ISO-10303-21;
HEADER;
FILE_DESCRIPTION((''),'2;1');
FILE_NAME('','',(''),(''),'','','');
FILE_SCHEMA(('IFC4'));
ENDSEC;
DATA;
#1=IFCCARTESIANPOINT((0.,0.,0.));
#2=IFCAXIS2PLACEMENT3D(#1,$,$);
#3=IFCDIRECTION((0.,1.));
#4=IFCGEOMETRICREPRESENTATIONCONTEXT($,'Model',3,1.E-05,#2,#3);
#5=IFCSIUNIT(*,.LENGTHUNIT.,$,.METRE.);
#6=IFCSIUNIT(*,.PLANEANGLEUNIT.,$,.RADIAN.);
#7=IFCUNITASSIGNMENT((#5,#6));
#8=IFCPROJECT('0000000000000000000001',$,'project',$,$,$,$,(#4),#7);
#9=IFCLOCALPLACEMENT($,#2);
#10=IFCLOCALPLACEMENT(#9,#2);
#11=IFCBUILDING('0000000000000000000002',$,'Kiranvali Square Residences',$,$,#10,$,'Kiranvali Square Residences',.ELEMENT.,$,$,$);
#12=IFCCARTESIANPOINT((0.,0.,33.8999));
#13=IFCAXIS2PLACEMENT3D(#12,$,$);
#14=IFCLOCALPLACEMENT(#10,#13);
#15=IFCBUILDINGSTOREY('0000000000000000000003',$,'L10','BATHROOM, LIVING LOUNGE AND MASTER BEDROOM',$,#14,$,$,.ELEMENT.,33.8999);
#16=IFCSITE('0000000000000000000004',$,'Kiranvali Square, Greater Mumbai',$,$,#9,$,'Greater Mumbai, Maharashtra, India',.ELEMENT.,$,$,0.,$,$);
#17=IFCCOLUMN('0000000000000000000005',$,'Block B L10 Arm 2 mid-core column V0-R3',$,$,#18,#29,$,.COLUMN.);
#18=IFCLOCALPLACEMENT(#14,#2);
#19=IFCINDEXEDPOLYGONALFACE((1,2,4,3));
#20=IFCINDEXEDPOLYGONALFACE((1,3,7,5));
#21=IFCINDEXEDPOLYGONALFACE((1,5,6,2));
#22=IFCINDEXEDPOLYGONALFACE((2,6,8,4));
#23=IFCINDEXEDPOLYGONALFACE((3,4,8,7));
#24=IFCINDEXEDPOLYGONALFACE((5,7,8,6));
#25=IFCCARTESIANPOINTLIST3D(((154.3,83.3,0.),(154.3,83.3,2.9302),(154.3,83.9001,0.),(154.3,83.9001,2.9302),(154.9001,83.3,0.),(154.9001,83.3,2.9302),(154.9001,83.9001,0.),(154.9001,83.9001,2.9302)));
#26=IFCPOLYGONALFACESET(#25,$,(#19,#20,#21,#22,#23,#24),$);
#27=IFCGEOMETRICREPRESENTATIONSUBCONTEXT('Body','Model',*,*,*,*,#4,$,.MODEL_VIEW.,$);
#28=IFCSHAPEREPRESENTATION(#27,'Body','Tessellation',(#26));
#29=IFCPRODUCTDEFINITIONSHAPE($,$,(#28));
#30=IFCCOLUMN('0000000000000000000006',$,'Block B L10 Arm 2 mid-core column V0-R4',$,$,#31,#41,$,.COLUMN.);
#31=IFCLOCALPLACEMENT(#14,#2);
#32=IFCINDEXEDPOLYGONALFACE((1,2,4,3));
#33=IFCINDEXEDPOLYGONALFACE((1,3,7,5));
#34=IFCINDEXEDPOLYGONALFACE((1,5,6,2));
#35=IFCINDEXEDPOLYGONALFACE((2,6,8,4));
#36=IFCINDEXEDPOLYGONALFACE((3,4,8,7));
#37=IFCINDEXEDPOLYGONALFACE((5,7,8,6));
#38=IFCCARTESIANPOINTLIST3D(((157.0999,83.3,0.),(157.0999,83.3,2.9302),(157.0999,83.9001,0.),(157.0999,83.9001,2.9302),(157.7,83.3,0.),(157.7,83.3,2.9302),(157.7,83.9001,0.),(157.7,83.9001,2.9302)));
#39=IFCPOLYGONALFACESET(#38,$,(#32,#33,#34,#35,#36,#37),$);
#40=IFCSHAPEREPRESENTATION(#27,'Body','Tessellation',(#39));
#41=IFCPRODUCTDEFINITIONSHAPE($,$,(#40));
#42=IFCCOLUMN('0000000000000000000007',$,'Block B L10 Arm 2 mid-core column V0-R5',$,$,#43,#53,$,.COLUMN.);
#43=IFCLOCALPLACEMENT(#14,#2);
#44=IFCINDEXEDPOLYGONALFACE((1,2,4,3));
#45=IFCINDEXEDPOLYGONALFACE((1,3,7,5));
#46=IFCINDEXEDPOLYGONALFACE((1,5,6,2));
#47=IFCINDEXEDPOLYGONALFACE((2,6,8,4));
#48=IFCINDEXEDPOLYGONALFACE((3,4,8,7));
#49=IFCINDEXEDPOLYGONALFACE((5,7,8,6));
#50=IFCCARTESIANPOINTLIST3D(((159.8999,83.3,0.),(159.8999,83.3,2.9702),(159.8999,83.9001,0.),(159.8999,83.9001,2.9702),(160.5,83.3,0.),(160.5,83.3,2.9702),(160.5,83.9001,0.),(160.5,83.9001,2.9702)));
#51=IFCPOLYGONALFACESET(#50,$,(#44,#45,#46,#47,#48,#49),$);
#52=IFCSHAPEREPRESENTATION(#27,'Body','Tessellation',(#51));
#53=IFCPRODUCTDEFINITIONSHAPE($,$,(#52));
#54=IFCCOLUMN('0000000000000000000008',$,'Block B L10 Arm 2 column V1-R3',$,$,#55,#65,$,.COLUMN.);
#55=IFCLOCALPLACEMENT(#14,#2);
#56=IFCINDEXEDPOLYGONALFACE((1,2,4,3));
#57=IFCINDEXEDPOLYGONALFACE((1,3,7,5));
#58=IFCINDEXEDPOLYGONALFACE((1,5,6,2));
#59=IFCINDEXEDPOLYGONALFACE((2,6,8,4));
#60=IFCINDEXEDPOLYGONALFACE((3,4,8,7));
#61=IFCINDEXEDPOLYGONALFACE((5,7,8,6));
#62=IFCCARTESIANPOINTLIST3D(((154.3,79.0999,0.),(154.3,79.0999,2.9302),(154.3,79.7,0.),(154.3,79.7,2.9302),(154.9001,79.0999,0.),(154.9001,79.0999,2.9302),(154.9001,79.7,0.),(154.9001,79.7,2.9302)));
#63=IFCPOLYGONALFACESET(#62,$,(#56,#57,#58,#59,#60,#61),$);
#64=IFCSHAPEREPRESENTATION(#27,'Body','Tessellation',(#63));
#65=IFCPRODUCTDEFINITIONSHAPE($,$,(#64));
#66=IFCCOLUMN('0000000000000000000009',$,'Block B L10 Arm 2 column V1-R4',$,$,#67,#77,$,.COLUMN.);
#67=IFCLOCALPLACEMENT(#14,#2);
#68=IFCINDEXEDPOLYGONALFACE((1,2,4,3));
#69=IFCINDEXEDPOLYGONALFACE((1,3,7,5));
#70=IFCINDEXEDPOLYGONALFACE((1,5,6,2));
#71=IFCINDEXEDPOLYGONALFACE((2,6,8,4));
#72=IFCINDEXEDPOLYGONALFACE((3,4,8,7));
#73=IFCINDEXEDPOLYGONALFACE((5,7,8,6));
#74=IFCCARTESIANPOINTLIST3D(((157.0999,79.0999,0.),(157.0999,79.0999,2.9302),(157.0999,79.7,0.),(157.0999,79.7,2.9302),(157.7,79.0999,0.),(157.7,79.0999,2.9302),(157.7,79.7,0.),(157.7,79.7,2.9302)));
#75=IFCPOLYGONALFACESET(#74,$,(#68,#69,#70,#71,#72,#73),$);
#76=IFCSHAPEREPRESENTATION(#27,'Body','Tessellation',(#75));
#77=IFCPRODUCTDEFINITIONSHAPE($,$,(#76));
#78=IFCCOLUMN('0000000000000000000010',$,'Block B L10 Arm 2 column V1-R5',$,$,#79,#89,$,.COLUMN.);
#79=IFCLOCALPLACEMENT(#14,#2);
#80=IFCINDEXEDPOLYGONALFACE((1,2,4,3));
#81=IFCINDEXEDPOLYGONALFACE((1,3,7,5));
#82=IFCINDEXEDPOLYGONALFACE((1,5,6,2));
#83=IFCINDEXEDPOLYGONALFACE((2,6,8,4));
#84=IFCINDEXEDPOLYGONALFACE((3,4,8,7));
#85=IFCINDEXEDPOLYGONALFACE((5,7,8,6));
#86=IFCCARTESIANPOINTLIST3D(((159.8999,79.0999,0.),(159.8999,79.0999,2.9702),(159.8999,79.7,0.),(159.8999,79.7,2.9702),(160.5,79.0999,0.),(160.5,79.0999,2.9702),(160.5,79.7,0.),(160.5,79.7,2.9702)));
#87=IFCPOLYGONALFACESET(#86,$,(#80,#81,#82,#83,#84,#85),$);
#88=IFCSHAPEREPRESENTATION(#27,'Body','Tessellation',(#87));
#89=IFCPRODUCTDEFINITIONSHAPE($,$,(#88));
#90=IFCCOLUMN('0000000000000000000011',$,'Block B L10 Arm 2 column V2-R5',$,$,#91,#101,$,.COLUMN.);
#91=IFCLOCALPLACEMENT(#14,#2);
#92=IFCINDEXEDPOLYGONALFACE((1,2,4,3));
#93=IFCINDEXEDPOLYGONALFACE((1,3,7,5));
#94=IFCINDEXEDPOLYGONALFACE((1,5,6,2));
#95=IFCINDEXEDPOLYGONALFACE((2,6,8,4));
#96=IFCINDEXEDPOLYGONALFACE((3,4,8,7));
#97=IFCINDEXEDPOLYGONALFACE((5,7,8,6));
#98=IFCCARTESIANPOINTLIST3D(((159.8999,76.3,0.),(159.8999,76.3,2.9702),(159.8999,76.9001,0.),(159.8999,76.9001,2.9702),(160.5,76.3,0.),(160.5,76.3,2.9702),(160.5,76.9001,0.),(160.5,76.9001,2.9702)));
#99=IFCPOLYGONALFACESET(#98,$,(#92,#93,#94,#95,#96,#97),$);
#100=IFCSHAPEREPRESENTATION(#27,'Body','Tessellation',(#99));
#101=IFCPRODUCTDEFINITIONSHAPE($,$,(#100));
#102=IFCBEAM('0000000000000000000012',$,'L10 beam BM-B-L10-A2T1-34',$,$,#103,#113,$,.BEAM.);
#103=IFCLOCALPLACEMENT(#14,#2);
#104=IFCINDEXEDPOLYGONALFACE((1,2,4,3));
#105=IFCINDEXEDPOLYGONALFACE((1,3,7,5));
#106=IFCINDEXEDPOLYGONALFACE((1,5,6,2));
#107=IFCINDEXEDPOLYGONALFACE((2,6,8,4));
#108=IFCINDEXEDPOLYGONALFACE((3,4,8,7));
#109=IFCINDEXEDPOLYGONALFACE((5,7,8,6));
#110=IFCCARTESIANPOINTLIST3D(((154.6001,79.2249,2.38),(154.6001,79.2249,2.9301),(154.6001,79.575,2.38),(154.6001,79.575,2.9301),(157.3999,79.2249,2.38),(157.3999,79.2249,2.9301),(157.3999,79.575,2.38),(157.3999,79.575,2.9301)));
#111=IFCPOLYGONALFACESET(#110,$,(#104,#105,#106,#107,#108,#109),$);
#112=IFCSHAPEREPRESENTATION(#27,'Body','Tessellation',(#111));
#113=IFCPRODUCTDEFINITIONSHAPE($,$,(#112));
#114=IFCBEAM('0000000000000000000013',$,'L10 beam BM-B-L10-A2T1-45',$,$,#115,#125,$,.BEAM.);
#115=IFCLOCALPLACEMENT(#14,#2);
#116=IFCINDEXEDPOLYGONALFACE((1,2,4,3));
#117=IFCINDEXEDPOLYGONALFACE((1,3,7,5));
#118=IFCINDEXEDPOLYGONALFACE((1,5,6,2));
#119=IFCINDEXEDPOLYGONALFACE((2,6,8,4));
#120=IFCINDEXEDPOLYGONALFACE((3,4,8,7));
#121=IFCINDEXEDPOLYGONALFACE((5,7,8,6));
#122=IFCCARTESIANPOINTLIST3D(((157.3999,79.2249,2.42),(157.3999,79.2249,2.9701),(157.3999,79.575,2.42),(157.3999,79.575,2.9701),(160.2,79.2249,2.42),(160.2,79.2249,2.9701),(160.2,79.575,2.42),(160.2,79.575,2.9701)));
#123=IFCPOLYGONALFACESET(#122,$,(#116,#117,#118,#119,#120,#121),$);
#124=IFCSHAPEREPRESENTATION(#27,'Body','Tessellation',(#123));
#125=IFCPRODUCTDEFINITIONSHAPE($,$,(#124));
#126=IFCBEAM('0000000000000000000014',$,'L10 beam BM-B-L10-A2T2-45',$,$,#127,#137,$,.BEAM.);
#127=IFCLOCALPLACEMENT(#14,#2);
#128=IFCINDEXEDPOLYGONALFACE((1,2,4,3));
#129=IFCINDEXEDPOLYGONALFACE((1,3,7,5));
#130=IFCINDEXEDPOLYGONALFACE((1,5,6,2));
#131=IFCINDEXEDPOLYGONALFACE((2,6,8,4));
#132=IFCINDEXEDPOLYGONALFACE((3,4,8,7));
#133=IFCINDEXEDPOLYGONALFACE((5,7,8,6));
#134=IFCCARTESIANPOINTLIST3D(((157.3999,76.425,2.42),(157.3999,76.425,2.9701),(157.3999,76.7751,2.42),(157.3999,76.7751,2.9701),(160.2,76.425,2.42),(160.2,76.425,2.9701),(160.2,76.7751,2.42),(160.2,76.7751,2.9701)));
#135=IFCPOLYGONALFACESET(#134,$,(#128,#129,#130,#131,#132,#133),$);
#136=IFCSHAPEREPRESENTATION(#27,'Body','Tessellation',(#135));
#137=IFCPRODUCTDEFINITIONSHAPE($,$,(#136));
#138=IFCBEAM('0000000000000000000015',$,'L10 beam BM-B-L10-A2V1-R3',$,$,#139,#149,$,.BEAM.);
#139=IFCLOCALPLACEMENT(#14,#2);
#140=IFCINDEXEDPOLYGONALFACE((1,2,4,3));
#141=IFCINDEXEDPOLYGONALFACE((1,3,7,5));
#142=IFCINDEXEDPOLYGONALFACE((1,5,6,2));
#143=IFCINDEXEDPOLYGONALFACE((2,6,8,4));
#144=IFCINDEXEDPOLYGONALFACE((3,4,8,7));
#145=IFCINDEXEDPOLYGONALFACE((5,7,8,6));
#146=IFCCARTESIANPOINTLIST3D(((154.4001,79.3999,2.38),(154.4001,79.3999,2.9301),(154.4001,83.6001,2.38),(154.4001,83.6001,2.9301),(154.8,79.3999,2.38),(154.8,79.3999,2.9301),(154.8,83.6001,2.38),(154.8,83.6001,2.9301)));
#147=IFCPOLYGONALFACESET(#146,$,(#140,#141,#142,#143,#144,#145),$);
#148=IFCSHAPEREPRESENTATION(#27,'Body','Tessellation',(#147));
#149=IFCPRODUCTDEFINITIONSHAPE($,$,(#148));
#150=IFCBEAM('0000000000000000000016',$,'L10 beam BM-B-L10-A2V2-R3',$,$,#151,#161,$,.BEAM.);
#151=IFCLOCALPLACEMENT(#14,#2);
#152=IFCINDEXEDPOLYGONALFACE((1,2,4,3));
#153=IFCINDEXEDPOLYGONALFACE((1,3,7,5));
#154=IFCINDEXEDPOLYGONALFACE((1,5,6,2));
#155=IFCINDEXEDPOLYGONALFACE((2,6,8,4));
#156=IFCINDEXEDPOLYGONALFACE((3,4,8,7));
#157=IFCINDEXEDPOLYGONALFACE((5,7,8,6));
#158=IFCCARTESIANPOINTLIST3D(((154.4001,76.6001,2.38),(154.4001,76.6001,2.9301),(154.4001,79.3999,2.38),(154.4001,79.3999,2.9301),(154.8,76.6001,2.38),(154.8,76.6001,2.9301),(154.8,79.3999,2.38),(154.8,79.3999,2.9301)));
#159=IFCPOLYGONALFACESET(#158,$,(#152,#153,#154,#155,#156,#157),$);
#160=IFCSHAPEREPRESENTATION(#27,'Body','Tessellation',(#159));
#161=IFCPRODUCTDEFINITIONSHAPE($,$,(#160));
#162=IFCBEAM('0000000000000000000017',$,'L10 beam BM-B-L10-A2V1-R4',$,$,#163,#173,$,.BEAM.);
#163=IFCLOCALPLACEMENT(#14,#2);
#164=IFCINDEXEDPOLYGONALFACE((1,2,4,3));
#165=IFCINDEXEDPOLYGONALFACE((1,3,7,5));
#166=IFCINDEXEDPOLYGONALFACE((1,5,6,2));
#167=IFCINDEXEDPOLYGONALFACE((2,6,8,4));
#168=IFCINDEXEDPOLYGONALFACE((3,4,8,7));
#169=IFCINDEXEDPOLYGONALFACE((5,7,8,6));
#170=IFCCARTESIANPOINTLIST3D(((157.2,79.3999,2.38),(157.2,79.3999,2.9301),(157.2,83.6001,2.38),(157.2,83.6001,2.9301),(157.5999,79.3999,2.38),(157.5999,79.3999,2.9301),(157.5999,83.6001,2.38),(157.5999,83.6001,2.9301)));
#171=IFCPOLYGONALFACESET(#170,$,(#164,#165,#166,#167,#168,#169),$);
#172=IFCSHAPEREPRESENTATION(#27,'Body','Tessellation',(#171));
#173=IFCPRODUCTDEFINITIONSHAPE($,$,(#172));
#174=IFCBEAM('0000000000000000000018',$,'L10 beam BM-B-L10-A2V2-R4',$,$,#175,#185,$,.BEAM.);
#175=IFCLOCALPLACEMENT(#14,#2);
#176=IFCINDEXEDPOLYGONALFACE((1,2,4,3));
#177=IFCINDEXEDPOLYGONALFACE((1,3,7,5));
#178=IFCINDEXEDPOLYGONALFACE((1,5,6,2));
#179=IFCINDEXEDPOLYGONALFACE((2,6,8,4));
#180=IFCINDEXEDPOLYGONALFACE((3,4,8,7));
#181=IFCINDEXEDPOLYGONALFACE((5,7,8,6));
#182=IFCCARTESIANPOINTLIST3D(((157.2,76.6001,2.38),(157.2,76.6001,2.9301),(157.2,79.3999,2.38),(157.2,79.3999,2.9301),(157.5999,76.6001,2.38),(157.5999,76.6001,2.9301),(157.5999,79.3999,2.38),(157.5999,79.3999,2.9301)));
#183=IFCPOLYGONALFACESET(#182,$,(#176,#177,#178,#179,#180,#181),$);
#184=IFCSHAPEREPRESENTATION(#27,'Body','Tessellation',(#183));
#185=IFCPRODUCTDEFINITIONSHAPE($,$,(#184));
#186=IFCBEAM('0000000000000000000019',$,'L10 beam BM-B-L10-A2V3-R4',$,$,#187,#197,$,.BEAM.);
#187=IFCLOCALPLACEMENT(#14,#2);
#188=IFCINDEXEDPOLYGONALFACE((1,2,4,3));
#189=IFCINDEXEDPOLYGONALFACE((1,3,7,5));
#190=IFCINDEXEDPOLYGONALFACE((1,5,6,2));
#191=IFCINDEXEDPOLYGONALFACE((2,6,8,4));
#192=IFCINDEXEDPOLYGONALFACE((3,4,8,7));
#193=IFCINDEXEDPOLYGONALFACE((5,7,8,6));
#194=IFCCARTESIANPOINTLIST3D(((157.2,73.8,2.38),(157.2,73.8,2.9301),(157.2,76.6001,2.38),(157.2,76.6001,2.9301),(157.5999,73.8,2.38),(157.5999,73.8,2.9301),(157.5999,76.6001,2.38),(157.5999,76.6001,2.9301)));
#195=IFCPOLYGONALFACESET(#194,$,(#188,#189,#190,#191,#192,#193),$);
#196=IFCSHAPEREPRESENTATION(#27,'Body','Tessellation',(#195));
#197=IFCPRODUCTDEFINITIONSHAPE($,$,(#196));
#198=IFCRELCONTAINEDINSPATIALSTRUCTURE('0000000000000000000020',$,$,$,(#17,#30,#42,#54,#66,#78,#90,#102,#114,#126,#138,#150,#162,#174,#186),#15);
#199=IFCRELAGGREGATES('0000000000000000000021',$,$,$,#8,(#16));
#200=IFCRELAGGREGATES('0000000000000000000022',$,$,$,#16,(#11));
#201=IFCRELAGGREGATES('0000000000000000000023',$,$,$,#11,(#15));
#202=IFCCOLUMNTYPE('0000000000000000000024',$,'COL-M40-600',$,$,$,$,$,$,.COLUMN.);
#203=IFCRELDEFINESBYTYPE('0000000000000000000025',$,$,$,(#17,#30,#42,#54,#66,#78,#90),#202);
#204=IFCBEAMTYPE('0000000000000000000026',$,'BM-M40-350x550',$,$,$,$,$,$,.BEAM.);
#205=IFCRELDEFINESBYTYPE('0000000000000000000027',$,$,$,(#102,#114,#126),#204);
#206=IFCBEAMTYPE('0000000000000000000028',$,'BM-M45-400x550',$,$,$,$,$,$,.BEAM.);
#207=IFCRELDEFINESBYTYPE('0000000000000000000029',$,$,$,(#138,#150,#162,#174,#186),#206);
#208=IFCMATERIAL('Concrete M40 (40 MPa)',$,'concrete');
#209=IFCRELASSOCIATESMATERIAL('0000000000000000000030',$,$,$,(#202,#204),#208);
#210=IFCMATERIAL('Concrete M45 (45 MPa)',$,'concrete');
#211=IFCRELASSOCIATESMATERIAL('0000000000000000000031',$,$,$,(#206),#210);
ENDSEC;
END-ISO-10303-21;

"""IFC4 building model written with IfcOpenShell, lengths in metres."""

from ifc_helpers import new_model, si_unit, direction, frame, origin, origin_2d, place, context, subcontext, project, spatial, rectangle, extrude, material, material_profile, profile_set, type_object, element, save


model = new_model("IFC4")

# Units and contexts
model_context = context("Model", 3, precision=1e-05, world=origin(), true_north=direction((0.0, 1.0)))
body_context = subcontext(model_context, "Body", "Model", "MODEL_VIEW")
ifc_project = project(units=[si_unit("LENGTHUNIT", "METRE"), si_unit("PLANEANGLEUNIT", "RADIAN")], contexts=[model_context])

# Site, building, storey
site_placement = place(None, origin())
site = spatial("IfcSite", under=ifc_project, at=site_placement, Name="Kiranvali Square, Greater Mumbai", LongName="Greater Mumbai, Maharashtra, India", CompositionType="ELEMENT", RefElevation=0.0)
building_placement = place(site_placement, origin())
building = spatial("IfcBuilding", under=site, at=building_placement, Name="Kiranvali Square Residences", LongName="Kiranvali Square Residences", CompositionType="ELEMENT")
storey_placement = place(building_placement, frame((0.0, 0.0, 33.8999)))
storey = spatial("IfcBuildingStorey", under=building, at=storey_placement, Name="L10", Description="BATHROOM, LIVING LOUNGE AND MASTER BEDROOM", CompositionType="ELEMENT", Elevation=33.8999)

# Columns
ifc_material_1 = material(Name="Concrete M40 (40 MPa)", Category="concrete")
ifc_material_profile_1 = material_profile(ifc_material_1, rectangle(XDim=0.6001, YDim=0.6001, at=origin_2d()), Name="RC 600x600")
ifc_profile_set_1 = profile_set([ifc_material_profile_1], Name="Concrete M40 (40 MPa)")
column_type = type_object("IfcColumnType", Name="COL-M40-600", PredefinedType="COLUMN", material=ifc_profile_set_1)
for number, where, z_axis, x_axis, name in (
    (1, (154.6001, 83.6001, 0.0), (0.0, 0.0, 1.0), (1.0, 0.0, 0.0), "Block B L10 Arm 2 mid-core column V0-R3"),
    (2, (157.3999, 83.6001, 0.0), (0.0, 0.0, 1.0), (1.0, 0.0, 0.0), "Block B L10 Arm 2 mid-core column V0-R4"),
):
    element("IfcColumn", number, at=place(storey_placement, frame(where, z_axis=z_axis, x_axis=x_axis)), inside=storey, type_object=column_type, Name=name, PredefinedType="COLUMN", context=body_context, shape_type="SweptSolid", body=[
        extrude(rectangle(XDim=0.6001, YDim=0.6001, at=origin_2d()), origin(), (0.0, 0.0, 1.0), 2.9302),
    ])
column_placement = place(storey_placement, frame((160.2, 83.6001, 0.0), z_axis=(0.0, 0.0, 1.0), x_axis=(1.0, 0.0, 0.0)))
element("IfcColumn", 3, at=column_placement, inside=storey, type_object=column_type, Name="Block B L10 Arm 2 mid-core column V0-R5", PredefinedType="COLUMN", context=body_context, shape_type="SweptSolid", body=[
    extrude(rectangle(XDim=0.6001, YDim=0.6001, at=origin_2d()), origin(), (0.0, 0.0, 1.0), 2.9702),
])
for number, where, z_axis, x_axis, name in (
    (4, (154.6001, 79.3999, 0.0), (0.0, 0.0, 1.0), (1.0, 0.0, 0.0), "Block B L10 Arm 2 column V1-R3"),
    (5, (157.3999, 79.3999, 0.0), (0.0, 0.0, 1.0), (1.0, 0.0, 0.0), "Block B L10 Arm 2 column V1-R4"),
):
    element("IfcColumn", number, at=place(storey_placement, frame(where, z_axis=z_axis, x_axis=x_axis)), inside=storey, type_object=column_type, Name=name, PredefinedType="COLUMN", context=body_context, shape_type="SweptSolid", body=[
        extrude(rectangle(XDim=0.6001, YDim=0.6001, at=origin_2d()), origin(), (0.0, 0.0, 1.0), 2.9302),
    ])
for number, where, z_axis, x_axis, name in (
    (6, (160.2, 79.3999, 0.0), (0.0, 0.0, 1.0), (1.0, 0.0, 0.0), "Block B L10 Arm 2 column V1-R5"),
    (7, (160.2, 76.6001, 0.0), (0.0, 0.0, 1.0), (1.0, 0.0, 0.0), "Block B L10 Arm 2 column V2-R5"),
):
    element("IfcColumn", number, at=place(storey_placement, frame(where, z_axis=z_axis, x_axis=x_axis)), inside=storey, type_object=column_type, Name=name, PredefinedType="COLUMN", context=body_context, shape_type="SweptSolid", body=[
        extrude(rectangle(XDim=0.6001, YDim=0.6001, at=origin_2d()), origin(), (0.0, 0.0, 1.0), 2.9702),
    ])

# Beams
ifc_material_profile_2 = material_profile(ifc_material_1, rectangle(XDim=0.3501, YDim=0.55, at=origin_2d()), Name="RC 350x550")
ifc_profile_set_2 = profile_set([ifc_material_profile_2], Name="Concrete M40 (40 MPa)")
beam_type_1 = type_object("IfcBeamType", Name="BM-M40-350x550", PredefinedType="BEAM", material=ifc_profile_set_2)
beam_1_placement = place(storey_placement, frame((154.6001, 79.3999, 2.655), z_axis=(1.0, 0.0, 0.0), x_axis=(0.0, 1.0, 0.0)))
element("IfcBeam", 8, at=beam_1_placement, inside=storey, type_object=beam_type_1, Name="L10 beam BM-B-L10-A2T1-34", PredefinedType="BEAM", context=body_context, shape_type="SweptSolid", body=[
    extrude(rectangle(XDim=0.3501, YDim=0.55, at=origin_2d()), origin(), (0.0, 0.0, 1.0), 2.7998),
])
for number, where, z_axis, x_axis, name in (
    (9, (157.3999, 79.3999, 2.6951), (1.0, 0.0, 0.0), (0.0, 1.0, 0.0), "L10 beam BM-B-L10-A2T1-45"),
    (10, (157.3999, 76.6001, 2.6951), (1.0, 0.0, 0.0), (0.0, 1.0, 0.0), "L10 beam BM-B-L10-A2T2-45"),
):
    element("IfcBeam", number, at=place(storey_placement, frame(where, z_axis=z_axis, x_axis=x_axis)), inside=storey, type_object=beam_type_1, Name=name, PredefinedType="BEAM", context=body_context, shape_type="SweptSolid", body=[
        extrude(rectangle(XDim=0.3501, YDim=0.55, at=origin_2d()), origin(), (0.0, 0.0, 1.0), 2.8),
    ])
ifc_material_2 = material(Name="Concrete M45 (45 MPa)", Category="concrete")
ifc_material_profile_3 = material_profile(ifc_material_2, rectangle(XDim=0.3999, YDim=0.55, at=origin_2d()), Name="RC 400x550")
ifc_profile_set_3 = profile_set([ifc_material_profile_3], Name="Concrete M45 (45 MPa)")
beam_type_2 = type_object("IfcBeamType", Name="BM-M45-400x550", PredefinedType="BEAM", material=ifc_profile_set_3)
beam_2_placement = place(storey_placement, frame((154.6001, 83.6001, 2.655), z_axis=(0.0, -1.0, 0.0), x_axis=(1.0, 0.0, 0.0)))
element("IfcBeam", 11, at=beam_2_placement, inside=storey, type_object=beam_type_2, Name="L10 beam BM-B-L10-A2V1-R3", PredefinedType="BEAM", context=body_context, shape_type="SweptSolid", body=[
    extrude(rectangle(XDim=0.3999, YDim=0.55, at=origin_2d()), origin(), (0.0, 0.0, 1.0), 4.2002),
])
beam_3_placement = place(storey_placement, frame((154.6001, 79.3999, 2.655), z_axis=(0.0, -1.0, 0.0), x_axis=(1.0, 0.0, 0.0)))
element("IfcBeam", 12, at=beam_3_placement, inside=storey, type_object=beam_type_2, Name="L10 beam BM-B-L10-A2V2-R3", PredefinedType="BEAM", context=body_context, shape_type="SweptSolid", body=[
    extrude(rectangle(XDim=0.3999, YDim=0.55, at=origin_2d()), origin(), (0.0, 0.0, 1.0), 2.7998),
])
beam_4_placement = place(storey_placement, frame((157.3999, 83.6001, 2.655), z_axis=(0.0, -1.0, 0.0), x_axis=(1.0, 0.0, 0.0)))
element("IfcBeam", 13, at=beam_4_placement, inside=storey, type_object=beam_type_2, Name="L10 beam BM-B-L10-A2V1-R4", PredefinedType="BEAM", context=body_context, shape_type="SweptSolid", body=[
    extrude(rectangle(XDim=0.3999, YDim=0.55, at=origin_2d()), origin(), (0.0, 0.0, 1.0), 4.2002),
])
beam_5_placement = place(storey_placement, frame((157.3999, 79.3999, 2.655), z_axis=(0.0, -1.0, 0.0), x_axis=(1.0, 0.0, 0.0)))
element("IfcBeam", 14, at=beam_5_placement, inside=storey, type_object=beam_type_2, Name="L10 beam BM-B-L10-A2V2-R4", PredefinedType="BEAM", context=body_context, shape_type="SweptSolid", body=[
    extrude(rectangle(XDim=0.3999, YDim=0.55, at=origin_2d()), origin(), (0.0, 0.0, 1.0), 2.7998),
])
beam_6_placement = place(storey_placement, frame((157.3999, 76.6001, 2.655), z_axis=(0.0, -1.0, 0.0), x_axis=(1.0, 0.0, 0.0)))
element("IfcBeam", 15, at=beam_6_placement, inside=storey, type_object=beam_type_2, Name="L10 beam BM-B-L10-A2V3-R4", PredefinedType="BEAM", context=body_context, shape_type="SweptSolid", body=[
    extrude(rectangle(XDim=0.3999, YDim=0.55, at=origin_2d()), origin(), (0.0, 0.0, 1.0), 2.8),
])

save(model, "model.ifc")
